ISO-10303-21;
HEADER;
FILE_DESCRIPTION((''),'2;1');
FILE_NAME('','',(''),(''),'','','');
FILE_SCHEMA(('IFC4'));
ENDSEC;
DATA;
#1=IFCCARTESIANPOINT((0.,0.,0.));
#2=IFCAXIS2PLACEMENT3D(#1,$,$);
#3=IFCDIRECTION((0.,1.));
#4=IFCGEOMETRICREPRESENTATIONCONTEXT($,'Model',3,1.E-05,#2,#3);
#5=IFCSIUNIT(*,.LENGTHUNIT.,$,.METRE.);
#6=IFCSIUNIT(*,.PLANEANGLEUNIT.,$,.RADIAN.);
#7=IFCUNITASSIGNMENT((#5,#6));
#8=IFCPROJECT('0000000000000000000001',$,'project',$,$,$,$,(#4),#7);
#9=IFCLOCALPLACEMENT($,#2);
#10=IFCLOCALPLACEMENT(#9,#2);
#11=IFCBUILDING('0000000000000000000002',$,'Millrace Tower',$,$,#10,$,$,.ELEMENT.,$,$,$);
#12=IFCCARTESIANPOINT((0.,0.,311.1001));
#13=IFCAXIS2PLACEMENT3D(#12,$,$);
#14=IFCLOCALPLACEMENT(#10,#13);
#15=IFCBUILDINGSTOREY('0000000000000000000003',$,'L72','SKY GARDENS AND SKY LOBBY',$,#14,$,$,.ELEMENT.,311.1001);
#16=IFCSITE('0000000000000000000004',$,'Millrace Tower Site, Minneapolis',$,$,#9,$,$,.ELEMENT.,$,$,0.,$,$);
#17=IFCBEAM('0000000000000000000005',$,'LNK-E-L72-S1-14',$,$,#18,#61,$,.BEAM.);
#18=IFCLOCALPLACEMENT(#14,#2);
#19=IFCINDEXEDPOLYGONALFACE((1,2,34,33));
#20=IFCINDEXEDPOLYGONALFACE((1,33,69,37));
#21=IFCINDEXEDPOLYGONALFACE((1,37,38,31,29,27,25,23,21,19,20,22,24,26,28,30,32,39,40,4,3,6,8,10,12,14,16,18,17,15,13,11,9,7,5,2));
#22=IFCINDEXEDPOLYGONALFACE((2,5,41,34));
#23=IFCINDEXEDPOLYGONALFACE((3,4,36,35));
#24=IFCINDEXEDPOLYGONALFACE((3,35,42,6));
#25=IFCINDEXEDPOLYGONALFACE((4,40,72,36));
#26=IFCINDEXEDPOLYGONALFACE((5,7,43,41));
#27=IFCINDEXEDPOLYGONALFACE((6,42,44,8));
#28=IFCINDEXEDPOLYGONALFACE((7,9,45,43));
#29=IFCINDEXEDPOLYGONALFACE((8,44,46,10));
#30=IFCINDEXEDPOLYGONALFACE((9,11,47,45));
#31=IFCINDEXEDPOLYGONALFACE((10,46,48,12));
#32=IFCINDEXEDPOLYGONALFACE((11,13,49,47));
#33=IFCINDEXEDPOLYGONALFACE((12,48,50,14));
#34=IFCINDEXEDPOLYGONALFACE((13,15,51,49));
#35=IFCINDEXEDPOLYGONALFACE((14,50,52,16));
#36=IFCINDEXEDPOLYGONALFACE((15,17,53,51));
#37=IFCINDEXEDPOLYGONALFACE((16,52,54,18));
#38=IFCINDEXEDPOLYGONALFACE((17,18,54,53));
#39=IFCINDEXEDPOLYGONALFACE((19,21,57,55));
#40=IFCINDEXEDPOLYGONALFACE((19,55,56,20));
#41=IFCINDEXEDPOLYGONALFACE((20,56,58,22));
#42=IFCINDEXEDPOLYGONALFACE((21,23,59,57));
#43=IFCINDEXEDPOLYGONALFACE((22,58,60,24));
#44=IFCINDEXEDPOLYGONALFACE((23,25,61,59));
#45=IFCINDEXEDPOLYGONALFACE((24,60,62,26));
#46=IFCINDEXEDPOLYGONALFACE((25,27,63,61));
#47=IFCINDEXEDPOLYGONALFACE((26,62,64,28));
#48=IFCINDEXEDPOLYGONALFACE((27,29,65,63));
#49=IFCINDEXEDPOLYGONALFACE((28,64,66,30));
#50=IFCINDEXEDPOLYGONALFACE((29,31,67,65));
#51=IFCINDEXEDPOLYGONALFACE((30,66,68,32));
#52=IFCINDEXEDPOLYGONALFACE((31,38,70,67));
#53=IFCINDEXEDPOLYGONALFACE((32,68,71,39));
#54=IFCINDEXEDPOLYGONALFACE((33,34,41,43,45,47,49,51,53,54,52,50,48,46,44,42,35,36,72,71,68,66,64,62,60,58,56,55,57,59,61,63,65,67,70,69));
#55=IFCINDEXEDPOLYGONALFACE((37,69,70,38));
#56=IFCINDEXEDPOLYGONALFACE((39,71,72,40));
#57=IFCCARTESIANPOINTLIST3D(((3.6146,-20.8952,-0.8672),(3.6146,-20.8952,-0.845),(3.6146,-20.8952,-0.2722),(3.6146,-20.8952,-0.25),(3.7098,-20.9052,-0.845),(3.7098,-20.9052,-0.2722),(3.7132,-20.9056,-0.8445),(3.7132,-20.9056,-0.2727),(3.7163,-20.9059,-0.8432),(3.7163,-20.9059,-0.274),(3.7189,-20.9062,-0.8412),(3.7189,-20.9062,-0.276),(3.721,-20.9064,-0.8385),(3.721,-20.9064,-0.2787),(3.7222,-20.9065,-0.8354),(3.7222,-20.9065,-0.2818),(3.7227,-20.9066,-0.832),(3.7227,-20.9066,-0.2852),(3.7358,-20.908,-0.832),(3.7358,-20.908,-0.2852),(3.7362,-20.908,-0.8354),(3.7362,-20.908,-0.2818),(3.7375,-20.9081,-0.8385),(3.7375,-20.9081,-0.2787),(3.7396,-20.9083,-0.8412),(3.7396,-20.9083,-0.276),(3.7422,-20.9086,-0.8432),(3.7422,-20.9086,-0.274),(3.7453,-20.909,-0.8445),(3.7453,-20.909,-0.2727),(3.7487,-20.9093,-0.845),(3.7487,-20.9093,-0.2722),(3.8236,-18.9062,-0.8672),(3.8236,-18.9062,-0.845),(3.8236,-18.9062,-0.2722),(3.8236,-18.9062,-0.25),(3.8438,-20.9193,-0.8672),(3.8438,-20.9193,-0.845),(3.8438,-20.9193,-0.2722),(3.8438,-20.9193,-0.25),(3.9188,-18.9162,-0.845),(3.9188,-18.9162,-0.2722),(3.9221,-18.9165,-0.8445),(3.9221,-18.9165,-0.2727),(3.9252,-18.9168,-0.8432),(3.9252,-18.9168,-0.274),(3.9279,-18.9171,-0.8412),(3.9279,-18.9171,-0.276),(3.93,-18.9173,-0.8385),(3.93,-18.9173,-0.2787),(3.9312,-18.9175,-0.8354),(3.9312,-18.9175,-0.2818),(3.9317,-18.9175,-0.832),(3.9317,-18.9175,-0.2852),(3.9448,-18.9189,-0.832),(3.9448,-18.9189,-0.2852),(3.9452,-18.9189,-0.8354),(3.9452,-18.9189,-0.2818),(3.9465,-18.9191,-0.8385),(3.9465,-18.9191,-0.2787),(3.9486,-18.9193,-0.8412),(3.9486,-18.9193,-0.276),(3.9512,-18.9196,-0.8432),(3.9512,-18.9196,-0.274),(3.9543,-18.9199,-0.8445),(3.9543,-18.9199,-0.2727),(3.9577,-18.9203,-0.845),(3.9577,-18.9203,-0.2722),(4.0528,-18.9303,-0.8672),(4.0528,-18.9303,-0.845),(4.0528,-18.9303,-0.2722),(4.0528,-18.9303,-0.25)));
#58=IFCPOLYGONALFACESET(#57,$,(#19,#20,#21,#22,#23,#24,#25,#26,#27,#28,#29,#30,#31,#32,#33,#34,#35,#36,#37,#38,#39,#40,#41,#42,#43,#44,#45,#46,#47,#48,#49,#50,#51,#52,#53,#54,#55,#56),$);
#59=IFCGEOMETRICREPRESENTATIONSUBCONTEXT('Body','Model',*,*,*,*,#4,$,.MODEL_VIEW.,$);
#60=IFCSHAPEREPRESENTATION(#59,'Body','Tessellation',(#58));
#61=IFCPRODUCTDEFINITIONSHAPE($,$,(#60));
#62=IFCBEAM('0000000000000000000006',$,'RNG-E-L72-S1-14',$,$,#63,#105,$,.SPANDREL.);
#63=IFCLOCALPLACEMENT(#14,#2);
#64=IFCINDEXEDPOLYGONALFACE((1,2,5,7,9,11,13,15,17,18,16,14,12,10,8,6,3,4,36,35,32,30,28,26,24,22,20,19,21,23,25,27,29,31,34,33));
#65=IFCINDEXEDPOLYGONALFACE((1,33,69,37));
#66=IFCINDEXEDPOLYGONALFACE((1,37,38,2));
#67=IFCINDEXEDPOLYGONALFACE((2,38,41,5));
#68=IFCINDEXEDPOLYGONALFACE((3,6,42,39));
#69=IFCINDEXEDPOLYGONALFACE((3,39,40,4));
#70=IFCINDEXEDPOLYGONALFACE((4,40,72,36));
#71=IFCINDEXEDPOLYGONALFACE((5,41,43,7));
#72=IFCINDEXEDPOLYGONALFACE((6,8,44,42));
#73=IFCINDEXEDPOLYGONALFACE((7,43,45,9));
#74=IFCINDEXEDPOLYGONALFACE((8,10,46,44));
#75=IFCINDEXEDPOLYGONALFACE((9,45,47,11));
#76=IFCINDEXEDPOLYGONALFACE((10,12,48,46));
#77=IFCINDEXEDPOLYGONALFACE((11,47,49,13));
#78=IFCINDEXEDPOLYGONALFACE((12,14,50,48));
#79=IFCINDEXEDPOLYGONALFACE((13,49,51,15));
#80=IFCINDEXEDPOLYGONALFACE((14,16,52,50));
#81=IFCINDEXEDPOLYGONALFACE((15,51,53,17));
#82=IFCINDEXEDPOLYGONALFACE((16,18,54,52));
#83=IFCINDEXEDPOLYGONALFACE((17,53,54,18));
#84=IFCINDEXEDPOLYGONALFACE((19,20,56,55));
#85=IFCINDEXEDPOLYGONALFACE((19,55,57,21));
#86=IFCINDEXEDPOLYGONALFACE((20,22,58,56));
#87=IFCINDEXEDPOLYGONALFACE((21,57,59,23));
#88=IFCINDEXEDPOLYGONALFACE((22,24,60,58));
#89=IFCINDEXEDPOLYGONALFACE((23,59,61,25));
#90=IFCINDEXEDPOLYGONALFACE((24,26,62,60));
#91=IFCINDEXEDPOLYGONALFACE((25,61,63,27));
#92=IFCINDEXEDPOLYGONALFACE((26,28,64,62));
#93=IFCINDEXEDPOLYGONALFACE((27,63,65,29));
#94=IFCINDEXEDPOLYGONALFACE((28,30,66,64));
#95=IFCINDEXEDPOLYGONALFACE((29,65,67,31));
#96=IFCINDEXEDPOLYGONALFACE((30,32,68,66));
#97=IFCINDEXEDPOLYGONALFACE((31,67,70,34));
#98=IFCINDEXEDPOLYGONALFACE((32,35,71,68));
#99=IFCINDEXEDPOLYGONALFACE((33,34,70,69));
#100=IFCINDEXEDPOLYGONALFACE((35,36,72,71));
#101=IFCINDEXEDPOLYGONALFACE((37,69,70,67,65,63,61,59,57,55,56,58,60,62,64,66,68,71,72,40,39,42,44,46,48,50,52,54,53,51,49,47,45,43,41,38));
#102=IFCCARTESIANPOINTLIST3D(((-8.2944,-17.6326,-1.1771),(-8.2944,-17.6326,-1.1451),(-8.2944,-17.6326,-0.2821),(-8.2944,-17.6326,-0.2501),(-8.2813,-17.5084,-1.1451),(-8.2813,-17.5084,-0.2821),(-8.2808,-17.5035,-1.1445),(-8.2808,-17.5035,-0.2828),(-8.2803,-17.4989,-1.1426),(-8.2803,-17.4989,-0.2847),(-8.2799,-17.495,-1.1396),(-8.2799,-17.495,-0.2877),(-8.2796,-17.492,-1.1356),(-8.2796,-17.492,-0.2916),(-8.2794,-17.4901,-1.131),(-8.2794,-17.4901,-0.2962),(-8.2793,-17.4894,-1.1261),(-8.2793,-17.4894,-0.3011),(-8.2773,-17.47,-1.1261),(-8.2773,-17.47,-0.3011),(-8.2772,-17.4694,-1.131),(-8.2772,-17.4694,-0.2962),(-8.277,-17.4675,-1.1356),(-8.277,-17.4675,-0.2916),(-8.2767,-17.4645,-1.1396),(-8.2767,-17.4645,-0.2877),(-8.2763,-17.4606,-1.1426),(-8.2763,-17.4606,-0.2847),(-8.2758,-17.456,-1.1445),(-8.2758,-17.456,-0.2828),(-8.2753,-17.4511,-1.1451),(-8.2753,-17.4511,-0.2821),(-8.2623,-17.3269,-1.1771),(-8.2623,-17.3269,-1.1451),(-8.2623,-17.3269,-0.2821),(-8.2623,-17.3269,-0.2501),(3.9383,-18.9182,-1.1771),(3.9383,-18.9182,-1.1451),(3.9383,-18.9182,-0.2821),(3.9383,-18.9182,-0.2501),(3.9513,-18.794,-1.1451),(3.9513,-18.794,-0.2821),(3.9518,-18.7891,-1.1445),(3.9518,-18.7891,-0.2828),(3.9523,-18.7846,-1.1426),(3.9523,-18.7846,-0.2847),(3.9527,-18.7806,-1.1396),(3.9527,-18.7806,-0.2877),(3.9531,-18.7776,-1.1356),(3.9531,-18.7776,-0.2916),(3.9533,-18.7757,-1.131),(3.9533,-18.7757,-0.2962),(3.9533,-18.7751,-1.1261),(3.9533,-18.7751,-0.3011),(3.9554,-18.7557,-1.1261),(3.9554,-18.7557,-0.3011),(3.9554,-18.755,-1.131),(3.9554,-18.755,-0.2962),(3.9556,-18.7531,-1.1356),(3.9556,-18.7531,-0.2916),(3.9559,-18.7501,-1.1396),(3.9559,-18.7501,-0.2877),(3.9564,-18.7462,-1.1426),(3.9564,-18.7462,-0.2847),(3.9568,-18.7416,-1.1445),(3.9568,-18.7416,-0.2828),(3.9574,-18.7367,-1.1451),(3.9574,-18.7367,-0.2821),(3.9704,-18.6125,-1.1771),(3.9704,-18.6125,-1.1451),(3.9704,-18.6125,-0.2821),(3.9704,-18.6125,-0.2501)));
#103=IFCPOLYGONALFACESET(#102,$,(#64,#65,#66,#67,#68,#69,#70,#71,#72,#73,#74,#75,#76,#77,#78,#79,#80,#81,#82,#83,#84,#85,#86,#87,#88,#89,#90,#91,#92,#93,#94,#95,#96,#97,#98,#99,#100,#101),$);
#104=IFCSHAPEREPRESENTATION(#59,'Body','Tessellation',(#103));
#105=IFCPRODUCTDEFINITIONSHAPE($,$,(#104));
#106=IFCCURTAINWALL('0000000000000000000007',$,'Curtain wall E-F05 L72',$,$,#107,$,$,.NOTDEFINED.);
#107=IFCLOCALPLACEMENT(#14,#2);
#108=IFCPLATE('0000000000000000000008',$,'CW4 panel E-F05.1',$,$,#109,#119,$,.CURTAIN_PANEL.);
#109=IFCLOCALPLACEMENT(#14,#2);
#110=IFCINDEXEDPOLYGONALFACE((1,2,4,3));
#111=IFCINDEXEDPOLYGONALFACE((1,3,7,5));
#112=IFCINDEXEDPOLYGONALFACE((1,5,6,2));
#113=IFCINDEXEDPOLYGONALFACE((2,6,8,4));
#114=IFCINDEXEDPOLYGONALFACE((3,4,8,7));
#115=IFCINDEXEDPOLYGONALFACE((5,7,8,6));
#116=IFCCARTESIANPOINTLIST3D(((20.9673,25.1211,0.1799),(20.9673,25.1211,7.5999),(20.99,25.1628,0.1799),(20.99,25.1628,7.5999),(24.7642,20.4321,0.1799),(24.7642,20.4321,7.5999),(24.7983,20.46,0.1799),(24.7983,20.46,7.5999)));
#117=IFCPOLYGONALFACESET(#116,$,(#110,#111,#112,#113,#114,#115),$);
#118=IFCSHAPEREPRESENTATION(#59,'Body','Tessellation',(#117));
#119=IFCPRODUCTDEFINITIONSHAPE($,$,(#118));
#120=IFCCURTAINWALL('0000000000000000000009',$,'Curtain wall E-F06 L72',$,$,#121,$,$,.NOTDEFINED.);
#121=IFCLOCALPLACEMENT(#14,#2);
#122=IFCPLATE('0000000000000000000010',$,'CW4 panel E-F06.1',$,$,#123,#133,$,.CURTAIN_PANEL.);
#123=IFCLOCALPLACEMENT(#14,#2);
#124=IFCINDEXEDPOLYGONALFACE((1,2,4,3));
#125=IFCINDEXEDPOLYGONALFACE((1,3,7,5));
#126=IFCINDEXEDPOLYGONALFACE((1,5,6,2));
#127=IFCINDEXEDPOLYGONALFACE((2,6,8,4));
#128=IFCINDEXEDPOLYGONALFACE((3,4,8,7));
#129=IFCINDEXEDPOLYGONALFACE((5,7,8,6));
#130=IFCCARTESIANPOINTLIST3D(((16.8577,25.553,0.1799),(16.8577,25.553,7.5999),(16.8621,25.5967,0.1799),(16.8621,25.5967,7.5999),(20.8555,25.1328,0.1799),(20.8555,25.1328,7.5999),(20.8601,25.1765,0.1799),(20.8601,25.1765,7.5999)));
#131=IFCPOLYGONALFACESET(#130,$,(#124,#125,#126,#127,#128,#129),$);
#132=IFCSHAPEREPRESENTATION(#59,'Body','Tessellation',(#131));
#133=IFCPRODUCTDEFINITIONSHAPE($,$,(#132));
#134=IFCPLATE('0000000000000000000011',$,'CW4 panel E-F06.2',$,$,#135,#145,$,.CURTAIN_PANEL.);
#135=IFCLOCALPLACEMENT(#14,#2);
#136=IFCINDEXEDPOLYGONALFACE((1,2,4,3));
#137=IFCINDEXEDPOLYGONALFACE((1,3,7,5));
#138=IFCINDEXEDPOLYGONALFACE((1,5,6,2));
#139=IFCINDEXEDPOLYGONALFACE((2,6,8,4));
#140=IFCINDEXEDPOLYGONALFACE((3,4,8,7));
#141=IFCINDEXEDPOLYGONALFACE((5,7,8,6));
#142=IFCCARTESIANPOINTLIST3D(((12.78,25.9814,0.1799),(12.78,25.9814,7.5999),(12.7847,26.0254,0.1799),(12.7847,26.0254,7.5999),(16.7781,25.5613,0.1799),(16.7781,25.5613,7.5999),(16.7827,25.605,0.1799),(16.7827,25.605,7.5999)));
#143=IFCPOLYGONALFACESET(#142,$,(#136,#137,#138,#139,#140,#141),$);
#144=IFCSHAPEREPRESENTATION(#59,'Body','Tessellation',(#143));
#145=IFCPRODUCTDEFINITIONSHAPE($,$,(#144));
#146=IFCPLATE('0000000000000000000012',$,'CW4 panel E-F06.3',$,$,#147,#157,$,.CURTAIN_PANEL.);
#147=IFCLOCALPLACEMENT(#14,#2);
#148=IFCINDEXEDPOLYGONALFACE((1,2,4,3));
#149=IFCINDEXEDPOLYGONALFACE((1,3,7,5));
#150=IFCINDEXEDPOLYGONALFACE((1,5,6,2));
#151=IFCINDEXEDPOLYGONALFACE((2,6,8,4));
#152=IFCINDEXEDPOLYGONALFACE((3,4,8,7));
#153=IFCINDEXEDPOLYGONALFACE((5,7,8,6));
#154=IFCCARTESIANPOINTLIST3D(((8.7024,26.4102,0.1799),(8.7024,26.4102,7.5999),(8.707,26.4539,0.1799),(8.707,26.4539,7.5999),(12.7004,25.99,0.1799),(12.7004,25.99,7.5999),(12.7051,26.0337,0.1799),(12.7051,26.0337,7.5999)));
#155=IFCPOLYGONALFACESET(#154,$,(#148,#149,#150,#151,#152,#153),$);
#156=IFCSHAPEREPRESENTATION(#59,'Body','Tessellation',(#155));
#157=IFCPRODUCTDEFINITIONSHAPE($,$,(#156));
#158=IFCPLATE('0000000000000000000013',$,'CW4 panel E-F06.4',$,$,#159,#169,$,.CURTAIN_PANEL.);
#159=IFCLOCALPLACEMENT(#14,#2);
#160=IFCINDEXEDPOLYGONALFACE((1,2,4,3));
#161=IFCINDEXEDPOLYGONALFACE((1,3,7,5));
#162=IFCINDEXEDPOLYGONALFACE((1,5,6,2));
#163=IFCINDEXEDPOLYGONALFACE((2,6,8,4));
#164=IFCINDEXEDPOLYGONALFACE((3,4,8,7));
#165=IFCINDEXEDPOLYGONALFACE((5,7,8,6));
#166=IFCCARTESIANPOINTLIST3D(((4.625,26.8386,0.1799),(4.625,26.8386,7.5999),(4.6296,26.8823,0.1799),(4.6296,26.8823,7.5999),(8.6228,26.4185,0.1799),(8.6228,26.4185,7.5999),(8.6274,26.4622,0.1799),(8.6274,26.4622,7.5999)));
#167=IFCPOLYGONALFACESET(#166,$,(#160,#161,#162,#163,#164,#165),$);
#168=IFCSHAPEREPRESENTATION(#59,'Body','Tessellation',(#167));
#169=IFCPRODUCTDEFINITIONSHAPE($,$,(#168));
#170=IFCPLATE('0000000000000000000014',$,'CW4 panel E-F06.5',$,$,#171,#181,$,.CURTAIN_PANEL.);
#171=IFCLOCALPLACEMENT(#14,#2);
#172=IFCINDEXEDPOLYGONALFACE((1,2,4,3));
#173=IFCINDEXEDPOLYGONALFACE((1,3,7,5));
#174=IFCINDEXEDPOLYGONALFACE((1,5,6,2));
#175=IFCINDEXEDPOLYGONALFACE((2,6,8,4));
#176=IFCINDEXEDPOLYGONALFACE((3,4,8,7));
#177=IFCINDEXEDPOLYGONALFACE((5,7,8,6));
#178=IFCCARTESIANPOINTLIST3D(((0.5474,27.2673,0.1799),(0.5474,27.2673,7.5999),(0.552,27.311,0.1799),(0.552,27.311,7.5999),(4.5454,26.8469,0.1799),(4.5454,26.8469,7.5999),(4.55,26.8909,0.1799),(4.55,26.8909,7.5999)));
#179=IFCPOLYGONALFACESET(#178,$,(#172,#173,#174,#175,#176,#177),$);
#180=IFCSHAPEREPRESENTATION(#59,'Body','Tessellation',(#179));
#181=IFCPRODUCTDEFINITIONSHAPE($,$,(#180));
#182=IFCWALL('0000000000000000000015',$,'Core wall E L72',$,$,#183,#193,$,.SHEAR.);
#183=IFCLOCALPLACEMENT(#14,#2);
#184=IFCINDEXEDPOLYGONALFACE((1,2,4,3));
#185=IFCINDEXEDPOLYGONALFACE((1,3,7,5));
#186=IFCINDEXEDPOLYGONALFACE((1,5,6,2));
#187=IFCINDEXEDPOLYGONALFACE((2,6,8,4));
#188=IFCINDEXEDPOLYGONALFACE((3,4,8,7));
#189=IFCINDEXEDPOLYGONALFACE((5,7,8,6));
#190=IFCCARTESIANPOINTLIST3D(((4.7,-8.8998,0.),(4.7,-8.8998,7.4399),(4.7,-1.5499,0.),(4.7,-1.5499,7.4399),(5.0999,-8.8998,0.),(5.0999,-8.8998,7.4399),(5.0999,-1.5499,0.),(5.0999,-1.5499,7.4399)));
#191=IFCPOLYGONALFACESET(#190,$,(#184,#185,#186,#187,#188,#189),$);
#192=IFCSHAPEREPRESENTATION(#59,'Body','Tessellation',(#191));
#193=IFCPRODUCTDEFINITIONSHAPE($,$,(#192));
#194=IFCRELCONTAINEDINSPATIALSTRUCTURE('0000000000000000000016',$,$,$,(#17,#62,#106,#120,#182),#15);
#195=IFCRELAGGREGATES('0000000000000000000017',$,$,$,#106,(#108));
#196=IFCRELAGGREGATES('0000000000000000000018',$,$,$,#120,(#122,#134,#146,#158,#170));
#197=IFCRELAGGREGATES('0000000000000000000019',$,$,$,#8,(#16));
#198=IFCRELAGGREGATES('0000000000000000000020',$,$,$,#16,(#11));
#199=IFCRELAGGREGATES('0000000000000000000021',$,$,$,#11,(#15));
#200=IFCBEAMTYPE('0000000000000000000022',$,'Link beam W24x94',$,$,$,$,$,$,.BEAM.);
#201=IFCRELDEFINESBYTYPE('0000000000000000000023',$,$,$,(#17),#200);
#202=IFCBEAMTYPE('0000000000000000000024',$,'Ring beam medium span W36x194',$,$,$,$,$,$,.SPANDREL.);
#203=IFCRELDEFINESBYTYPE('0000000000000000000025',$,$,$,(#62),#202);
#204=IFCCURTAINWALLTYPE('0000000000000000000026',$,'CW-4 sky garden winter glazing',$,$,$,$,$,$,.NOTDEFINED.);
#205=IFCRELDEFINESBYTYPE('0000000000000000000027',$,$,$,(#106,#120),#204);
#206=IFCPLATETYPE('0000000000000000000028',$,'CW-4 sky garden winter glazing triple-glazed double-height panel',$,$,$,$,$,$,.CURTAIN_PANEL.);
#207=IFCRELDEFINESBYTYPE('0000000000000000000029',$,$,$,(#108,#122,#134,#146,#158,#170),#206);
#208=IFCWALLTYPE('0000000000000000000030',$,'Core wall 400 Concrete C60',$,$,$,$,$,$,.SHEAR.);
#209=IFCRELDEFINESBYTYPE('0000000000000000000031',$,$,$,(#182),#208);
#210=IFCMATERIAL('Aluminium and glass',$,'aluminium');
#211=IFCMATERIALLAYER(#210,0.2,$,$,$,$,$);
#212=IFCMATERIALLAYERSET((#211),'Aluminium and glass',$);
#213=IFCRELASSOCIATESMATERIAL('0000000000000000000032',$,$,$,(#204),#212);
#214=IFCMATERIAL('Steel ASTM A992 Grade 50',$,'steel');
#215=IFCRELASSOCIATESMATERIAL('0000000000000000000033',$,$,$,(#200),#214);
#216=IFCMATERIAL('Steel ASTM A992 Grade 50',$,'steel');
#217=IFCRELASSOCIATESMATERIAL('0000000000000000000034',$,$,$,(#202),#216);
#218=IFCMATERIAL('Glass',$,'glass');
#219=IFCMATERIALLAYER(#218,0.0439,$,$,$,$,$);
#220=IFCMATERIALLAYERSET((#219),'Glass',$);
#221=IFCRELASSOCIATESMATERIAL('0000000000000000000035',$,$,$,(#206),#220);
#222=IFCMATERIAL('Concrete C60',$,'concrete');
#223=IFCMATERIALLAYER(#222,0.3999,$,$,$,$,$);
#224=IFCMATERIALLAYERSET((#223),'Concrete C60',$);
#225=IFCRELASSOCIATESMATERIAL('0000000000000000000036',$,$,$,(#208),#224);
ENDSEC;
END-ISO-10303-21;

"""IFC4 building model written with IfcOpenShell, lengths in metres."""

from ifc_helpers import new_model, si_unit, direction, frame, frame_2d, origin, origin_2d, place, context, subcontext, project, spatial, polyline, rectangle, i_section, outline, extrude, material, layer, layer_set, material_profile, profile_set, type_object, element, aggregate, save


model = new_model("IFC4")

# Units and contexts
model_context = context("Model", 3, precision=1e-05, world=origin(), true_north=direction((0.0, 1.0)))
body_context = subcontext(model_context, "Body", "Model", "MODEL_VIEW")
ifc_project = project(units=[si_unit("LENGTHUNIT", "METRE"), si_unit("PLANEANGLEUNIT", "RADIAN")], contexts=[model_context])

# Site, building, storey
site_placement = place(None, origin())
site = spatial("IfcSite", under=ifc_project, at=site_placement, Name="Millrace Tower Site, Minneapolis", CompositionType="ELEMENT", RefElevation=0.0)
building_placement = place(site_placement, origin())
building = spatial("IfcBuilding", under=site, at=building_placement, Name="Millrace Tower", CompositionType="ELEMENT")
storey_placement = place(building_placement, frame((0.0, 0.0, 311.1001)))
storey = spatial("IfcBuildingStorey", under=building, at=storey_placement, Name="L72", Description="SKY GARDENS AND SKY LOBBY", CompositionType="ELEMENT", Elevation=311.1001)

# Shared definitions
ifc_material_1 = material(Name="Aluminium and glass", Category="aluminium")
ifc_layer_1 = layer(ifc_material_1, 0.2)
ifc_layer_set_1 = layer_set([ifc_layer_1], Name="Aluminium and glass")
curtain_wall_type = type_object("IfcCurtainWallType", Name="CW-4 sky garden winter glazing", PredefinedType="NOTDEFINED", material=ifc_layer_set_1)
placement_1 = place(storey_placement, origin())

# Beams
ifc_material_2 = material(Name="Steel ASTM A992 Grade 50", Category="steel")
ifc_material_profile_1 = material_profile(ifc_material_2, i_section(OverallWidth=0.2305, OverallDepth=0.6172, WebThickness=0.0132, FlangeThickness=0.0222, FilletRadius=0.0129, at=origin_2d()))
ifc_profile_set_1 = profile_set([ifc_material_profile_1], Name="Steel ASTM A992 Grade 50")
beam_type_1 = type_object("IfcBeamType", Name="Link beam W24x94", PredefinedType="BEAM", material=ifc_profile_set_1)
beam_1_placement = place(storey_placement, frame((3.9382, -18.9182, -0.5586), z_axis=(-0.104494, -0.994526, 0.0), x_axis=(0.994526, -0.104494, 0.0)))
element("IfcBeam", 1, at=beam_1_placement, inside=storey, type_object=beam_type_1, Name="LNK-E-L72-S1-14", PredefinedType="BEAM", context=body_context, shape_type="SweptSolid", body=[
    extrude(i_section(OverallWidth=0.2305, OverallDepth=0.6172, WebThickness=0.0132, FlangeThickness=0.0222, FilletRadius=0.0129, at=origin_2d()), origin(), (0.0, 0.0, 1.0), 2.0),
])
ifc_material_3 = material(Name="Steel ASTM A992 Grade 50", Category="steel")
ifc_material_profile_2 = material_profile(ifc_material_3, i_section(OverallWidth=0.3074, OverallDepth=0.927, WebThickness=0.0195, FlangeThickness=0.032, FilletRadius=0.019, at=origin_2d()))
ifc_profile_set_2 = profile_set([ifc_material_profile_2], Name="Steel ASTM A992 Grade 50")
beam_type_2 = type_object("IfcBeamType", Name="Ring beam medium span W36x194", PredefinedType="SPANDREL", material=ifc_profile_set_2)
beam_2_placement = place(storey_placement, frame((3.9543, -18.7654, -0.7136), z_axis=(-0.994522, 0.104524, 0.0), x_axis=(-0.104524, -0.994522, 0.0)))
element("IfcBeam", 2, at=beam_2_placement, inside=storey, type_object=beam_type_2, Name="RNG-E-L72-S1-14", PredefinedType="SPANDREL", context=body_context, shape_type="SweptSolid", body=[
    extrude(i_section(OverallWidth=0.3074, OverallDepth=0.927, WebThickness=0.0195, FlangeThickness=0.032, FilletRadius=0.019, at=origin_2d()), origin(), (0.0, 0.0, 1.0), 12.3),
])

# Curtain wall, plate
curtain_wall_1 = element("IfcCurtainWall", 3, at=placement_1, inside=storey, type_object=curtain_wall_type, Name="Curtain wall E-F05 L72", PredefinedType="NOTDEFINED")
ifc_material_4 = material(Name="Glass", Category="glass")
ifc_layer_2 = layer(ifc_material_4, 0.0439)
ifc_layer_set_2 = layer_set([ifc_layer_2], Name="Glass")
plate_type = type_object("IfcPlateType", Name="CW-4 sky garden winter glazing triple-glazed double-height panel", PredefinedType="CURTAIN_PANEL", material=ifc_layer_set_2)
placement_2 = place(storey_placement, frame((0.0, 0.0, 0.1799)))
plate_1 = element("IfcPlate", 4, at=placement_2, type_object=plate_type, Name="CW4 panel E-F05.1", PredefinedType="CURTAIN_PANEL", context=body_context, shape_type="SweptSolid", body=[
    extrude(outline(polyline([(24.7983, 20.46), (20.99, 25.1628), (20.9673, 25.1211), (24.7642, 20.4321), (24.7983, 20.46)])), origin(), (0.0, 0.0, 1.0), 7.4199),
])
aggregate(curtain_wall_1, [plate_1])

# Curtain wall, plates
curtain_wall_2 = element("IfcCurtainWall", 5, at=placement_1, inside=storey, type_object=curtain_wall_type, Name="Curtain wall E-F06 L72", PredefinedType="NOTDEFINED")
plate_2 = element("IfcPlate", 6, at=placement_2, type_object=plate_type, Name="CW4 panel E-F06.1", PredefinedType="CURTAIN_PANEL", context=body_context, shape_type="SweptSolid", body=[
    extrude(outline(polyline([(20.8601, 25.1765), (16.8621, 25.5967), (16.8577, 25.553), (20.8555, 25.1328), (20.8601, 25.1765)])), origin(), (0.0, 0.0, 1.0), 7.4199),
])
plate_3 = element("IfcPlate", 7, at=placement_2, type_object=plate_type, Name="CW4 panel E-F06.2", PredefinedType="CURTAIN_PANEL", context=body_context, shape_type="SweptSolid", body=[
    extrude(outline(polyline([(16.7827, 25.605), (12.7847, 26.0254), (12.78, 25.9814), (16.7781, 25.5613), (16.7827, 25.605)])), origin(), (0.0, 0.0, 1.0), 7.4199),
])
plate_4 = element("IfcPlate", 8, at=placement_2, type_object=plate_type, Name="CW4 panel E-F06.3", PredefinedType="CURTAIN_PANEL", context=body_context, shape_type="SweptSolid", body=[
    extrude(outline(polyline([(12.7051, 26.0337), (8.707, 26.4539), (8.7024, 26.4102), (12.7004, 25.99), (12.7051, 26.0337)])), origin(), (0.0, 0.0, 1.0), 7.4199),
])
plate_5 = element("IfcPlate", 9, at=placement_2, type_object=plate_type, Name="CW4 panel E-F06.4", PredefinedType="CURTAIN_PANEL", context=body_context, shape_type="SweptSolid", body=[
    extrude(outline(polyline([(8.6274, 26.4622), (4.6296, 26.8823), (4.625, 26.8386), (8.6228, 26.4185), (8.6274, 26.4622)])), origin(), (0.0, 0.0, 1.0), 7.4199),
])
plate_6 = element("IfcPlate", 10, at=placement_2, type_object=plate_type, Name="CW4 panel E-F06.5", PredefinedType="CURTAIN_PANEL", context=body_context, shape_type="SweptSolid", body=[
    extrude(outline(polyline([(4.55, 26.8909), (0.552, 27.311), (0.5474, 27.2673), (4.5454, 26.8469), (4.55, 26.8909)])), origin(), (0.0, 0.0, 1.0), 7.4199),
])
aggregate(curtain_wall_2, [plate_2, plate_3, plate_4, plate_5, plate_6])

# Wall
ifc_material_5 = material(Name="Concrete C60", Category="concrete")
ifc_layer_3 = layer(ifc_material_5, 0.3999)
ifc_layer_set_3 = layer_set([ifc_layer_3], Name="Concrete C60")
wall_type_1 = type_object("IfcWallType", Name="Core wall 400 Concrete C60", PredefinedType="SHEAR", material=ifc_layer_set_3)
wall_1_placement = place(storey_placement, frame((4.8999, -1.55, 0.0), z_axis=(0.0, 0.0, 1.0), x_axis=(0.0, -1.0, 0.0)))
element("IfcWall", 11, at=wall_1_placement, inside=storey, type_object=wall_type_1, Name="Core wall E L72", PredefinedType="SHEAR", context=body_context, shape_type="SweptSolid", body=[
    extrude(rectangle(XDim=7.3499, YDim=0.3999, at=frame_2d((3.6748, 0.0))), origin(), (0.0, 0.0, 1.0), 7.4399),
])

save(model, "model.ifc")
